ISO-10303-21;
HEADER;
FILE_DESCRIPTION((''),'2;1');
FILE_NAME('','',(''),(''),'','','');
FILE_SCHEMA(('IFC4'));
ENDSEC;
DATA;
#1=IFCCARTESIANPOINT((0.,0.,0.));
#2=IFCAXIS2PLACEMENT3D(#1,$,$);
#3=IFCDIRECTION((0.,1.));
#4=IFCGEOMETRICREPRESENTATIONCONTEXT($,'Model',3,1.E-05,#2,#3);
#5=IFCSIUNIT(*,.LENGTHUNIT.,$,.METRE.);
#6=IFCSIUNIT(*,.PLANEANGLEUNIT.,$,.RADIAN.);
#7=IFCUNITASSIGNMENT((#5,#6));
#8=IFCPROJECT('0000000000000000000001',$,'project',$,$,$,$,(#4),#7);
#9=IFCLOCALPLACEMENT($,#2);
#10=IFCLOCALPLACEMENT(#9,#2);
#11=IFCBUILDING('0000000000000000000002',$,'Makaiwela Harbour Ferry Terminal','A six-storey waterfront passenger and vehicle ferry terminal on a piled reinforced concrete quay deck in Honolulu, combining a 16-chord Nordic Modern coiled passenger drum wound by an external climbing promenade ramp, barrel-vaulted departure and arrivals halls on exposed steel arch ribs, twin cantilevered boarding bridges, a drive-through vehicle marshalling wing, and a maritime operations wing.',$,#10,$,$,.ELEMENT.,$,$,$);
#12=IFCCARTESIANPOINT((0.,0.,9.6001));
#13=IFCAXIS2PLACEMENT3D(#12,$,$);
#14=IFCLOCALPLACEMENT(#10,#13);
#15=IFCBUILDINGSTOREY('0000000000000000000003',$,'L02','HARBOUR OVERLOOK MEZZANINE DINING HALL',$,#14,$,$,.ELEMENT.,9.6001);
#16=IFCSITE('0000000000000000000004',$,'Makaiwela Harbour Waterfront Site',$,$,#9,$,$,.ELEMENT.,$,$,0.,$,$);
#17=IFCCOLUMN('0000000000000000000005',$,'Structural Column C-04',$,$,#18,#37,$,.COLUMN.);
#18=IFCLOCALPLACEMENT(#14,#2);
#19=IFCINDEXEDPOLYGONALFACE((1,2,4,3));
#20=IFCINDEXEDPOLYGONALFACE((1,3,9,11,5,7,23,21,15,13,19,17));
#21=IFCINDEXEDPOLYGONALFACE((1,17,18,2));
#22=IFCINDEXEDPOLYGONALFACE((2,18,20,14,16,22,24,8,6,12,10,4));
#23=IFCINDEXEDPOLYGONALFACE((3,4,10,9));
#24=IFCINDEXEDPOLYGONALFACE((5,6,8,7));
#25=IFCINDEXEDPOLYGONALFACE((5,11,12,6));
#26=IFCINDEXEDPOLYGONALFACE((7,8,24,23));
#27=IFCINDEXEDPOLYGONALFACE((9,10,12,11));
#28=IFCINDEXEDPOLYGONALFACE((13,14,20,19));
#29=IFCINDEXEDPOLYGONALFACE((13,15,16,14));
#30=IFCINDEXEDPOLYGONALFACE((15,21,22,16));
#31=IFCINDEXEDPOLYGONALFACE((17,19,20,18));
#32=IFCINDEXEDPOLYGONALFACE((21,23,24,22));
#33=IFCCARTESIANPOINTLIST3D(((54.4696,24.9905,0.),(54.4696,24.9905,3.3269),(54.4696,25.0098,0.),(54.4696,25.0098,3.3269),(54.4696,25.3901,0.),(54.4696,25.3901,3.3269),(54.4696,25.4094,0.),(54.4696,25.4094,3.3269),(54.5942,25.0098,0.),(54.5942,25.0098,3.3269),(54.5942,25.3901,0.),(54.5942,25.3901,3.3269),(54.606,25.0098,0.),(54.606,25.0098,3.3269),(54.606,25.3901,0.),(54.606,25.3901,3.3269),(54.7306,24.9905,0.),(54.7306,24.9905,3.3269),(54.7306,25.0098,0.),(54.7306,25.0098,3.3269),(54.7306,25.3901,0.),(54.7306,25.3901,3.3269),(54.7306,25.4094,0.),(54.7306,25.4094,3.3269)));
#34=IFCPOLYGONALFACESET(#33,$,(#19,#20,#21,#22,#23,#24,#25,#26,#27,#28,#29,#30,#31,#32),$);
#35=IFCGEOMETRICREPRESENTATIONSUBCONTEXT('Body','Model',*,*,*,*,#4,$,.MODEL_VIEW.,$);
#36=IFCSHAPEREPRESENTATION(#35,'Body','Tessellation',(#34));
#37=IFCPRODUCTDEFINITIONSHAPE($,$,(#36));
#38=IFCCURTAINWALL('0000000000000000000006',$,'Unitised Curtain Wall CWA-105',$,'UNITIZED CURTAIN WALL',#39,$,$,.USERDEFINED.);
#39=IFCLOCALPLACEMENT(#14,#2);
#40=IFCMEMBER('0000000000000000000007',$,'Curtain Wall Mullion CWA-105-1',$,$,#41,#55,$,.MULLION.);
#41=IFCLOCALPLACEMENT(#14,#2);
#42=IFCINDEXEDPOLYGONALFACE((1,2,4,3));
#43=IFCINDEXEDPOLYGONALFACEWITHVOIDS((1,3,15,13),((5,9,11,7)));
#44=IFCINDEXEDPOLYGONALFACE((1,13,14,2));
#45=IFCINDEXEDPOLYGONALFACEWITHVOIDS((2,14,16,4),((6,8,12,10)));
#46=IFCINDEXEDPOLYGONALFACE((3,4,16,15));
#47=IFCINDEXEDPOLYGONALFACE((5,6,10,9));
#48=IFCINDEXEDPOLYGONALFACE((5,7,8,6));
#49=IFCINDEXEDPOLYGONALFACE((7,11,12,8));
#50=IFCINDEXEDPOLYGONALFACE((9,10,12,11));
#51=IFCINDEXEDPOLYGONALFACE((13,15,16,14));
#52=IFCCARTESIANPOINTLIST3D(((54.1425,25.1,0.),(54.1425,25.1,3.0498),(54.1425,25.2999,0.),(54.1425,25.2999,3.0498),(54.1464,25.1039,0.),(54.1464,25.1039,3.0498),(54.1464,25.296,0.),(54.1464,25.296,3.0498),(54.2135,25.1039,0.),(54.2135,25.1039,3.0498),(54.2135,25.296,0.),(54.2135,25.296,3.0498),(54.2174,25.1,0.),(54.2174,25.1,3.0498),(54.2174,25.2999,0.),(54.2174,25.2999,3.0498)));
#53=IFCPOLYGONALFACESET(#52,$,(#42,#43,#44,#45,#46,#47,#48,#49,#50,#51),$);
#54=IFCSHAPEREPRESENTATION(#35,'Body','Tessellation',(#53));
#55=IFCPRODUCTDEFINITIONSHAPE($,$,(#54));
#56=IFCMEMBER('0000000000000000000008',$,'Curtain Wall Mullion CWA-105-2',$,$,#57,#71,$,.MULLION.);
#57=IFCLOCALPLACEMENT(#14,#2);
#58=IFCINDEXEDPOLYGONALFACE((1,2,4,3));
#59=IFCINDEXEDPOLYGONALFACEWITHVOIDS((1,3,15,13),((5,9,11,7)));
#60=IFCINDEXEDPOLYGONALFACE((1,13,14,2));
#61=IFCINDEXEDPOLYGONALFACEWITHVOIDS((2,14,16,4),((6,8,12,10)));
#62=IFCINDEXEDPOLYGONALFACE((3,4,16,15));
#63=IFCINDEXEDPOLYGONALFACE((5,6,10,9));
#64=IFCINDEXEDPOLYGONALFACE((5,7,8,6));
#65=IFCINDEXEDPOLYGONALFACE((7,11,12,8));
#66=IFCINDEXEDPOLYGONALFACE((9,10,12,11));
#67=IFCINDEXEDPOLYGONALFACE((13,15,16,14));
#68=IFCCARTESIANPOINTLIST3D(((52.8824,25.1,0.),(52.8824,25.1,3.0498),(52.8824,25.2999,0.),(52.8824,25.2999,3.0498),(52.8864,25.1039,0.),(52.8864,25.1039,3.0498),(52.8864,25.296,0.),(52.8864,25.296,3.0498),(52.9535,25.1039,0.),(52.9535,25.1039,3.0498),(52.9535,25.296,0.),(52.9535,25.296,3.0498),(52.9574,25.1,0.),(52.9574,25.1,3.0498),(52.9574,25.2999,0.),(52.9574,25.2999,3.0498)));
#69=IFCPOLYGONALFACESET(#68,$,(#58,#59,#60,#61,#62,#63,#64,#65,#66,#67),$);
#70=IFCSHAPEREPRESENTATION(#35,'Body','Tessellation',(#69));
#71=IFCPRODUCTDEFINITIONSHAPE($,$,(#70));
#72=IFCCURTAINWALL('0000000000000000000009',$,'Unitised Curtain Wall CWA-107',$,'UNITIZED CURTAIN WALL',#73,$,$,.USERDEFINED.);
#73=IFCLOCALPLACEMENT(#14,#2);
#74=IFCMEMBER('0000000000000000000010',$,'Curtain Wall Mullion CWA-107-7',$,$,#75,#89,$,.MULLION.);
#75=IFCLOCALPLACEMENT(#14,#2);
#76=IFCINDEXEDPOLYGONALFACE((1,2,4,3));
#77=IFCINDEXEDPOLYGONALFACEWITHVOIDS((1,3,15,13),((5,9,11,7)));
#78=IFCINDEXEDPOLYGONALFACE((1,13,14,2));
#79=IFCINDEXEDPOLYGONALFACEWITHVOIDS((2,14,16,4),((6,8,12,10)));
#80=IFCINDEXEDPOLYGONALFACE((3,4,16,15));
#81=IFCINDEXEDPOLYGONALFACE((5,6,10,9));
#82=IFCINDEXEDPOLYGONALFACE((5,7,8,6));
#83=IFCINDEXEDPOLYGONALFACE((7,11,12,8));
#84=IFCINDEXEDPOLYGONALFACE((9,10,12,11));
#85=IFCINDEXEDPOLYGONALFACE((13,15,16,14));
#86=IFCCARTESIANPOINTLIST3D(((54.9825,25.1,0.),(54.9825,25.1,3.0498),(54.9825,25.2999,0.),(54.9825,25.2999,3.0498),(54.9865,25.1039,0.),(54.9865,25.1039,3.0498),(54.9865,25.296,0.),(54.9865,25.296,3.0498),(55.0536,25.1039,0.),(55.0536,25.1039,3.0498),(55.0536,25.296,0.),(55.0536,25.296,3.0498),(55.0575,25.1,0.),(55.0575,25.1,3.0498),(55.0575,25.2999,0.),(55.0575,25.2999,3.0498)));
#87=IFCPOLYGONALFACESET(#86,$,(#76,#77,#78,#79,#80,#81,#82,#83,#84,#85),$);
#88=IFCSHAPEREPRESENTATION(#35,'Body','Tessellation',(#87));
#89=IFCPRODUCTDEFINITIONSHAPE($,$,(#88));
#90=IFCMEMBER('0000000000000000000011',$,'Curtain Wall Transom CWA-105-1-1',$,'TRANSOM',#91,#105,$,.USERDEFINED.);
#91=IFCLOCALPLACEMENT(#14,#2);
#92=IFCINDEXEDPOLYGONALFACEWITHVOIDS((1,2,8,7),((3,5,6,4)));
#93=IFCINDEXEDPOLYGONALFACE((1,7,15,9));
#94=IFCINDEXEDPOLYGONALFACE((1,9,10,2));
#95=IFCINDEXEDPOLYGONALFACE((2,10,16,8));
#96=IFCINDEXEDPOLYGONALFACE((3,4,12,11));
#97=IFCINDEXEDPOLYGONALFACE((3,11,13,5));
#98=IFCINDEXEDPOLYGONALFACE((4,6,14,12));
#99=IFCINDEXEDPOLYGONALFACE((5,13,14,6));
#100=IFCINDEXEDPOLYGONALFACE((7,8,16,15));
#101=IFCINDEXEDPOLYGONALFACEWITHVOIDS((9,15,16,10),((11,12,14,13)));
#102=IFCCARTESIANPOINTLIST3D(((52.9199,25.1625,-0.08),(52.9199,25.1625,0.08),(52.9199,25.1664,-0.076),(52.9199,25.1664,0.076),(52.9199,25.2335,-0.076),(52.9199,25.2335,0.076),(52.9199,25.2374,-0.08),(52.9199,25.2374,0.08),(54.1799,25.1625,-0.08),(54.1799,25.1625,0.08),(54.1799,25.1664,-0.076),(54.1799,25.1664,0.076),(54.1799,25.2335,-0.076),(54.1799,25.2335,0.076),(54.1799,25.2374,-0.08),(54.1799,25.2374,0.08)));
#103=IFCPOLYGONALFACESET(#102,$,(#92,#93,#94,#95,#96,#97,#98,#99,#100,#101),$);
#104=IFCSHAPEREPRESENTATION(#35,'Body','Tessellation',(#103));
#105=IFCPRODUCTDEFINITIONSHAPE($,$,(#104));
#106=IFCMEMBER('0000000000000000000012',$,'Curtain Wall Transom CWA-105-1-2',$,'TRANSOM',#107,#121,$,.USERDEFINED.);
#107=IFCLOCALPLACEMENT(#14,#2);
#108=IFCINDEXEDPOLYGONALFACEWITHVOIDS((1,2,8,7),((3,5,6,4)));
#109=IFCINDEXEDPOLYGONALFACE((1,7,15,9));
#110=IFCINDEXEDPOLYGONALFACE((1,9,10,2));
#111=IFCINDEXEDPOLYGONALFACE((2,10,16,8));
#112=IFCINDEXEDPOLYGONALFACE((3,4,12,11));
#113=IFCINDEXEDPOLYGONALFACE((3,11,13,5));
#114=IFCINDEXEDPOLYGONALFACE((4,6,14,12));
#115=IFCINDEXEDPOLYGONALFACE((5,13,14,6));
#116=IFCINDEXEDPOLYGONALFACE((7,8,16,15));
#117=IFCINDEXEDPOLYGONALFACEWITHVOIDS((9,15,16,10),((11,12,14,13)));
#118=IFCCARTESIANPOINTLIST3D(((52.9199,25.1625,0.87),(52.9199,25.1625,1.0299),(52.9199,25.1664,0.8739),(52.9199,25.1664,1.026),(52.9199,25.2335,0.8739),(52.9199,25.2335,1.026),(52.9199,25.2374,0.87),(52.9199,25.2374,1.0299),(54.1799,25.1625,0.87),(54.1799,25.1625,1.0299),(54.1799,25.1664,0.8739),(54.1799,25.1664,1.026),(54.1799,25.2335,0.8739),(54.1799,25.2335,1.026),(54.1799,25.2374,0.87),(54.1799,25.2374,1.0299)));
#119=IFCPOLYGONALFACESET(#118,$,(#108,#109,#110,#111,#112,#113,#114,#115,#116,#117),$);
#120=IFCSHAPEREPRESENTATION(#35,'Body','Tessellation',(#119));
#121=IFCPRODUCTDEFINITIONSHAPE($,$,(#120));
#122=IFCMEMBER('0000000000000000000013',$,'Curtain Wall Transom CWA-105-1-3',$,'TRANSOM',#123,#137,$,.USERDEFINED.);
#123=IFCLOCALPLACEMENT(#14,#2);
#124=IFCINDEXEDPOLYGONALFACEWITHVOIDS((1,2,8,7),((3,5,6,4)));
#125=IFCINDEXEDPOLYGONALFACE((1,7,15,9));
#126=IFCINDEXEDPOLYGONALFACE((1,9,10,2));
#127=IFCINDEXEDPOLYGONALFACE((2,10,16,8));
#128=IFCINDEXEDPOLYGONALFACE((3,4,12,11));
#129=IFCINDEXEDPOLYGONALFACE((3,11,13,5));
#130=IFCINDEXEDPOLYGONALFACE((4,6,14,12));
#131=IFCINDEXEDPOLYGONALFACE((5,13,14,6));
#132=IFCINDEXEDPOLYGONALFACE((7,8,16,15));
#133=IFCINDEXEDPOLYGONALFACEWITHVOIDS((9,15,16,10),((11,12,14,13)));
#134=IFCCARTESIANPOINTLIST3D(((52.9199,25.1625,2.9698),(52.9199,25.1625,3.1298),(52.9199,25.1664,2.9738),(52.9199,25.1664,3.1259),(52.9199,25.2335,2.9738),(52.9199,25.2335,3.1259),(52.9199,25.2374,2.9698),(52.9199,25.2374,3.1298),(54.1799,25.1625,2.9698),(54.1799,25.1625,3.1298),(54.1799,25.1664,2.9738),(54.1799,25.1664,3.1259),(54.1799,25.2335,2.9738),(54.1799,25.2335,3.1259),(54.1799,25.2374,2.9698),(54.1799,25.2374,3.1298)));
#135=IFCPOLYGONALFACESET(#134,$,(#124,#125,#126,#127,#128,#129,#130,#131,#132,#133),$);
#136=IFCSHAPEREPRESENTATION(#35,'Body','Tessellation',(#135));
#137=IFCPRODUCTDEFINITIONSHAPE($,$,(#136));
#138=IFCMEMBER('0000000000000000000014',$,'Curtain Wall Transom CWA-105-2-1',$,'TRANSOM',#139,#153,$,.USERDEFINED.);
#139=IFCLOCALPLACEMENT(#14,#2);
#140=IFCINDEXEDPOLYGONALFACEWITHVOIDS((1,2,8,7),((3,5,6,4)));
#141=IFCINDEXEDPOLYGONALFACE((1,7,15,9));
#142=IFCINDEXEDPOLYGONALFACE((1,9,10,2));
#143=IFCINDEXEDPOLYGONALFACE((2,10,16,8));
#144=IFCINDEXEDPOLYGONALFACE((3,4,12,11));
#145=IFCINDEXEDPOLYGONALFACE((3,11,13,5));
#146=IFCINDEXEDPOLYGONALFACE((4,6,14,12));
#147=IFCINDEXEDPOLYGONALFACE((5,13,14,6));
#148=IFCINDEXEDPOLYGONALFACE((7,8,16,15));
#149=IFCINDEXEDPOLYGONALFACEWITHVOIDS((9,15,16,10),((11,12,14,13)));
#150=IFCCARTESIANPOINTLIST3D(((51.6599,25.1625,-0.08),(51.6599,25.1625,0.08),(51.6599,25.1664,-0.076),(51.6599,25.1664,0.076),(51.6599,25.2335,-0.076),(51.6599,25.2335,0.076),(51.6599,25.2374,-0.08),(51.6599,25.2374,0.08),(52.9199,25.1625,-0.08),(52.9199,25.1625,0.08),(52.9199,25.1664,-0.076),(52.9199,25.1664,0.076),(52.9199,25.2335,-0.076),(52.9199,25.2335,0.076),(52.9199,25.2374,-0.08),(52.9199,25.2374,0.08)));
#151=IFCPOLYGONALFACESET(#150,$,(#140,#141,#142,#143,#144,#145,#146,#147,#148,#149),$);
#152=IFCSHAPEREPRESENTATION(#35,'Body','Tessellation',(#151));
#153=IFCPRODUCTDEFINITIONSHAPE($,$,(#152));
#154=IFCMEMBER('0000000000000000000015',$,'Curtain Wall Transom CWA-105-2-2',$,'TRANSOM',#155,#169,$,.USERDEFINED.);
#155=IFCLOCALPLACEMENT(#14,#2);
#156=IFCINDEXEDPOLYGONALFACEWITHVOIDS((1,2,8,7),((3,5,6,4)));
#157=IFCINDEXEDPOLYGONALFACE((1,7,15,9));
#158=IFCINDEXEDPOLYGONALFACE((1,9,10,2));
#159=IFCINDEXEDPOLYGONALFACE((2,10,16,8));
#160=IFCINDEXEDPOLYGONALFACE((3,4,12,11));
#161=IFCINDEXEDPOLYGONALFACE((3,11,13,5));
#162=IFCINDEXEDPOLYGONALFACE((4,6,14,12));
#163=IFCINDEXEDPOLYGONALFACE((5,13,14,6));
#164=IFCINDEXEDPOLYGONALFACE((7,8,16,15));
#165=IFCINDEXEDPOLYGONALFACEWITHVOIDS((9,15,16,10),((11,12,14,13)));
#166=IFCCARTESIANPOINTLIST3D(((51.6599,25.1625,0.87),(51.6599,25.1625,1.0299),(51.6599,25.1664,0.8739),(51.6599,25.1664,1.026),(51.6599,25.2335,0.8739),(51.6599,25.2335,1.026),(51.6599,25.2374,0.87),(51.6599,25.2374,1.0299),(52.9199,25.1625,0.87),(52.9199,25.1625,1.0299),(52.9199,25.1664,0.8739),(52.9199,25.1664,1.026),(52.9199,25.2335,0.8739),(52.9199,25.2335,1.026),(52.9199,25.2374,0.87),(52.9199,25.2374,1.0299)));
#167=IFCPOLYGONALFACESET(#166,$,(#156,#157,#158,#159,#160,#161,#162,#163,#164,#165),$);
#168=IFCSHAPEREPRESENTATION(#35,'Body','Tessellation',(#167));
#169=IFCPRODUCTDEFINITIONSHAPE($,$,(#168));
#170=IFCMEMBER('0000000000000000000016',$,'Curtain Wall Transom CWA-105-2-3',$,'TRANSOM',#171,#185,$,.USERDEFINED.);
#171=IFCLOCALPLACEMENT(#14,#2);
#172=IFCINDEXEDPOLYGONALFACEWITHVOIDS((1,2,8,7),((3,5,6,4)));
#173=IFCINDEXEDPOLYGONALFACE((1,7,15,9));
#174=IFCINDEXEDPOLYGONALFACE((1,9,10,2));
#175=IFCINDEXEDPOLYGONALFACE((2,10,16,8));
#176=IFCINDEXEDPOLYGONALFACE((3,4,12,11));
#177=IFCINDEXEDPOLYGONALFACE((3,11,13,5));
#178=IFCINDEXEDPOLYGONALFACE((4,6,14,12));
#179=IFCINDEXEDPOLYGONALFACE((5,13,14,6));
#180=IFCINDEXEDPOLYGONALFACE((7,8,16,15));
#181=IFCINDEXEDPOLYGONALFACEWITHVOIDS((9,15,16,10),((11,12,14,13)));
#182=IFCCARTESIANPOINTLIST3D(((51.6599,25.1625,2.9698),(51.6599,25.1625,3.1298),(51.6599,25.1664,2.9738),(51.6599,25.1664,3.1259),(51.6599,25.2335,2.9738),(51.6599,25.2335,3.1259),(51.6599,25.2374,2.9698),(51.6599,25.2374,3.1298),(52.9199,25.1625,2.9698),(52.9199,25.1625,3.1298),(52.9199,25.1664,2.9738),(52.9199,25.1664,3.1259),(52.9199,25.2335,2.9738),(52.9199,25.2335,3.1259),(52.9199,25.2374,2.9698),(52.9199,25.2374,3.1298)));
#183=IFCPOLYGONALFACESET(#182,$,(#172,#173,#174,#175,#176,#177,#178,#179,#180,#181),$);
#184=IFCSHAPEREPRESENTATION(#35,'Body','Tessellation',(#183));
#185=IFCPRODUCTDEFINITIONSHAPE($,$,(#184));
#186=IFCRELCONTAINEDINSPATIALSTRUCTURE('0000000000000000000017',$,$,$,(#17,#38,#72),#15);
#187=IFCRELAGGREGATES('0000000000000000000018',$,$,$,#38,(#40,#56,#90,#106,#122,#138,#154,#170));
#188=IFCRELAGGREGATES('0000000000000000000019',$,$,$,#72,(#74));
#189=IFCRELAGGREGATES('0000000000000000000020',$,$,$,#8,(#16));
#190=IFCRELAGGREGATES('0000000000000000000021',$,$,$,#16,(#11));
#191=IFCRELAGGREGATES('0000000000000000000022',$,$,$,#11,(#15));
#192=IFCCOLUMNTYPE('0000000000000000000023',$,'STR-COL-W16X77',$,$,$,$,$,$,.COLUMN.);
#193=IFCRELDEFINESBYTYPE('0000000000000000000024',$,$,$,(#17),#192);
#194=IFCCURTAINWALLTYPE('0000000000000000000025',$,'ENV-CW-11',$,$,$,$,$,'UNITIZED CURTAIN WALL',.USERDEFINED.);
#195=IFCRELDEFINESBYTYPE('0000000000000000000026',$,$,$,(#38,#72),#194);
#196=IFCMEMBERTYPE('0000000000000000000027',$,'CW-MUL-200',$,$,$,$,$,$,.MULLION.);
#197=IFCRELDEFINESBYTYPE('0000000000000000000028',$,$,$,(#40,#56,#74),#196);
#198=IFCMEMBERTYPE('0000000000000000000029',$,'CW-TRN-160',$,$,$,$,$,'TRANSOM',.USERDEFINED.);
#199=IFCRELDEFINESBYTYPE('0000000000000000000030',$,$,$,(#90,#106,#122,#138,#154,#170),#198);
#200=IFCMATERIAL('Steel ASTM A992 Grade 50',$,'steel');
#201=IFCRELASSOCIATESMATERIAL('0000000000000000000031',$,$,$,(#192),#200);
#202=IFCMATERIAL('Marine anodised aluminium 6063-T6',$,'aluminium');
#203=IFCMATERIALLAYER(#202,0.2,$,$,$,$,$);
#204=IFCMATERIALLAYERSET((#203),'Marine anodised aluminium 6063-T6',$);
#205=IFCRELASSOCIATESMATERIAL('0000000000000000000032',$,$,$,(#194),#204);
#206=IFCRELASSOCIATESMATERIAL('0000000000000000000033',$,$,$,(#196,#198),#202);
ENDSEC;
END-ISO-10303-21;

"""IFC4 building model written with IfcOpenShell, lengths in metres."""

from ifc_helpers import new_model, si_unit, direction, frame, origin, origin_2d, place, context, subcontext, project, spatial, hollow_rectangle, i_section, extrude, material, layer, layer_set, material_profile, profile_set, type_object, element, aggregate, save


model = new_model("IFC4")

# Units and contexts
model_context = context("Model", 3, precision=1e-05, world=origin(), true_north=direction((0.0, 1.0)))
body_context = subcontext(model_context, "Body", "Model", "MODEL_VIEW")
ifc_project = project(units=[si_unit("LENGTHUNIT", "METRE"), si_unit("PLANEANGLEUNIT", "RADIAN")], contexts=[model_context])

# Site, building, storey
site_placement = place(None, origin())
site = spatial("IfcSite", under=ifc_project, at=site_placement, Name="Makaiwela Harbour Waterfront Site", CompositionType="ELEMENT", RefElevation=0.0)
building_placement = place(site_placement, origin())
building = spatial("IfcBuilding", under=site, at=building_placement, Name="Makaiwela Harbour Ferry Terminal", Description="A six-storey waterfront passenger and vehicle ferry terminal on a piled reinforced concrete quay deck in Honolulu, combining a 16-chord Nordic Modern coiled passenger drum wound by an external climbing promenade ramp, barrel-vaulted departure and arrivals halls on exposed steel arch ribs, twin cantilevered boarding bridges, a drive-through vehicle marshalling wing, and a maritime operations wing.", CompositionType="ELEMENT")
storey_placement = place(building_placement, frame((0.0, 0.0, 9.6001)))
storey = spatial("IfcBuildingStorey", under=building, at=storey_placement, Name="L02", Description="HARBOUR OVERLOOK MEZZANINE DINING HALL", CompositionType="ELEMENT", Elevation=9.6001)

# Column
ifc_material_1 = material(Name="Steel ASTM A992 Grade 50", Category="steel")
ifc_material_profile_1 = material_profile(ifc_material_1, i_section(OverallWidth=0.261, OverallDepth=0.4189, WebThickness=0.0117, FlangeThickness=0.0193, at=origin_2d()), Name="W16X77")
ifc_profile_set_1 = profile_set([ifc_material_profile_1], Name="Steel ASTM A992 Grade 50")
column_type = type_object("IfcColumnType", Name="STR-COL-W16X77", PredefinedType="COLUMN", material=ifc_profile_set_1)
column_placement = place(storey_placement, frame((54.6001, 25.2, 0.0), z_axis=(0.0, 0.0, 1.0), x_axis=(1.0, 0.0, 0.0)))
element("IfcColumn", 1, at=column_placement, inside=storey, type_object=column_type, Name="Structural Column C-04", PredefinedType="COLUMN", context=body_context, shape_type="SweptSolid", body=[
    extrude(i_section(OverallWidth=0.261, OverallDepth=0.4189, WebThickness=0.0117, FlangeThickness=0.0193, at=origin_2d()), origin(), (0.0, 0.0, 1.0), 3.3269),
])

# Curtain wall, members
ifc_material_2 = material(Name="Marine anodised aluminium 6063-T6", Category="aluminium")
ifc_layer_1 = layer(ifc_material_2, 0.2)
ifc_layer_set_1 = layer_set([ifc_layer_1], Name="Marine anodised aluminium 6063-T6")
curtain_wall_type = type_object("IfcCurtainWallType", Name="ENV-CW-11", ElementType="UNITIZED CURTAIN WALL", PredefinedType="USERDEFINED", material=ifc_layer_set_1)
curtain_wall_1_placement = place(storey_placement, origin())
curtain_wall_1 = element("IfcCurtainWall", 2, at=curtain_wall_1_placement, inside=storey, type_object=curtain_wall_type, Name="Unitised Curtain Wall CWA-105", ObjectType="UNITIZED CURTAIN WALL", PredefinedType="USERDEFINED")
ifc_material_profile_2 = material_profile(ifc_material_2, hollow_rectangle(XDim=0.075, YDim=0.2, WallThickness=0.0039, at=origin_2d()), Name="CWM-200X75")
ifc_profile_set_2 = profile_set([ifc_material_profile_2], Name="Marine anodised aluminium 6063-T6")
member_type_1 = type_object("IfcMemberType", Name="CW-MUL-200", PredefinedType="MULLION", material=ifc_profile_set_2)
member_1_placement = place(storey_placement, frame((54.1799, 25.2, 0.0), z_axis=(0.0, 0.0, 1.0), x_axis=(1.0, 0.0, 0.0)))
member_1 = element("IfcMember", 3, at=member_1_placement, type_object=member_type_1, Name="Curtain Wall Mullion CWA-105-1", PredefinedType="MULLION", context=body_context, shape_type="SweptSolid", body=[
    extrude(hollow_rectangle(XDim=0.075, YDim=0.2, WallThickness=0.0039, at=origin_2d()), origin(), (0.0, 0.0, 1.0), 3.0498),
])
member_2_placement = place(storey_placement, frame((52.9199, 25.2, 0.0), z_axis=(0.0, 0.0, 1.0), x_axis=(1.0, 0.0, 0.0)))
member_2 = element("IfcMember", 4, at=member_2_placement, type_object=member_type_1, Name="Curtain Wall Mullion CWA-105-2", PredefinedType="MULLION", context=body_context, shape_type="SweptSolid", body=[
    extrude(hollow_rectangle(XDim=0.075, YDim=0.2, WallThickness=0.0039, at=origin_2d()), origin(), (0.0, 0.0, 1.0), 3.0498),
])

# Curtain wall, member
curtain_wall_2_placement = place(storey_placement, origin())
curtain_wall_2 = element("IfcCurtainWall", 5, at=curtain_wall_2_placement, inside=storey, type_object=curtain_wall_type, Name="Unitised Curtain Wall CWA-107", ObjectType="UNITIZED CURTAIN WALL", PredefinedType="USERDEFINED")
member_3_placement = place(storey_placement, frame((55.02, 25.2, 0.0), z_axis=(0.0, 0.0, 1.0), x_axis=(1.0, 0.0, 0.0)))
member_3 = element("IfcMember", 6, at=member_3_placement, type_object=member_type_1, Name="Curtain Wall Mullion CWA-107-7", PredefinedType="MULLION", context=body_context, shape_type="SweptSolid", body=[
    extrude(hollow_rectangle(XDim=0.075, YDim=0.2, WallThickness=0.0039, at=origin_2d()), origin(), (0.0, 0.0, 1.0), 3.0498),
])

# Members
ifc_material_profile_3 = material_profile(ifc_material_2, hollow_rectangle(XDim=0.075, YDim=0.1599, WallThickness=0.0039, at=origin_2d()), Name="CWT-160X75")
ifc_profile_set_3 = profile_set([ifc_material_profile_3], Name="Marine anodised aluminium 6063-T6")
member_type_2 = type_object("IfcMemberType", Name="CW-TRN-160", ElementType="TRANSOM", PredefinedType="USERDEFINED", material=ifc_profile_set_3)
member_4_placement = place(storey_placement, frame((54.1799, 25.2, 0.0), z_axis=(-1.0, 0.0, 0.0), x_axis=(0.0, -1.0, 0.0)))
member_4 = element("IfcMember", 7, at=member_4_placement, type_object=member_type_2, Name="Curtain Wall Transom CWA-105-1-1", ObjectType="TRANSOM", PredefinedType="USERDEFINED", context=body_context, shape_type="SweptSolid", body=[
    extrude(hollow_rectangle(XDim=0.075, YDim=0.1599, WallThickness=0.0039, at=origin_2d()), origin(), (0.0, 0.0, 1.0), 1.26),
])
member_5_placement = place(storey_placement, frame((54.1799, 25.2, 0.95), z_axis=(-1.0, 0.0, 0.0), x_axis=(0.0, -1.0, 0.0)))
member_5 = element("IfcMember", 8, at=member_5_placement, type_object=member_type_2, Name="Curtain Wall Transom CWA-105-1-2", ObjectType="TRANSOM", PredefinedType="USERDEFINED", context=body_context, shape_type="SweptSolid", body=[
    extrude(hollow_rectangle(XDim=0.075, YDim=0.1599, WallThickness=0.0039, at=origin_2d()), origin(), (0.0, 0.0, 1.0), 1.26),
])
member_6_placement = place(storey_placement, frame((54.1799, 25.2, 3.0498), z_axis=(-1.0, 0.0, 0.0), x_axis=(0.0, -1.0, 0.0)))
member_6 = element("IfcMember", 9, at=member_6_placement, type_object=member_type_2, Name="Curtain Wall Transom CWA-105-1-3", ObjectType="TRANSOM", PredefinedType="USERDEFINED", context=body_context, shape_type="SweptSolid", body=[
    extrude(hollow_rectangle(XDim=0.075, YDim=0.1599, WallThickness=0.0039, at=origin_2d()), origin(), (0.0, 0.0, 1.0), 1.26),
])
member_7_placement = place(storey_placement, frame((52.9199, 25.2, 0.0), z_axis=(-1.0, 0.0, 0.0), x_axis=(0.0, -1.0, 0.0)))
member_7 = element("IfcMember", 10, at=member_7_placement, type_object=member_type_2, Name="Curtain Wall Transom CWA-105-2-1", ObjectType="TRANSOM", PredefinedType="USERDEFINED", context=body_context, shape_type="SweptSolid", body=[
    extrude(hollow_rectangle(XDim=0.075, YDim=0.1599, WallThickness=0.0039, at=origin_2d()), origin(), (0.0, 0.0, 1.0), 1.26),
])
member_8_placement = place(storey_placement, frame((52.9199, 25.2, 0.95), z_axis=(-1.0, 0.0, 0.0), x_axis=(0.0, -1.0, 0.0)))
member_8 = element("IfcMember", 11, at=member_8_placement, type_object=member_type_2, Name="Curtain Wall Transom CWA-105-2-2", ObjectType="TRANSOM", PredefinedType="USERDEFINED", context=body_context, shape_type="SweptSolid", body=[
    extrude(hollow_rectangle(XDim=0.075, YDim=0.1599, WallThickness=0.0039, at=origin_2d()), origin(), (0.0, 0.0, 1.0), 1.26),
])
member_9_placement = place(storey_placement, frame((52.9199, 25.2, 3.0498), z_axis=(-1.0, 0.0, 0.0), x_axis=(0.0, -1.0, 0.0)))
member_9 = element("IfcMember", 12, at=member_9_placement, type_object=member_type_2, Name="Curtain Wall Transom CWA-105-2-3", ObjectType="TRANSOM", PredefinedType="USERDEFINED", context=body_context, shape_type="SweptSolid", body=[
    extrude(hollow_rectangle(XDim=0.075, YDim=0.1599, WallThickness=0.0039, at=origin_2d()), origin(), (0.0, 0.0, 1.0), 1.26),
])

aggregate(curtain_wall_1, [member_1, member_2, member_4, member_5, member_6, member_7, member_8, member_9])
aggregate(curtain_wall_2, [member_3])

save(model, "model.ifc")
